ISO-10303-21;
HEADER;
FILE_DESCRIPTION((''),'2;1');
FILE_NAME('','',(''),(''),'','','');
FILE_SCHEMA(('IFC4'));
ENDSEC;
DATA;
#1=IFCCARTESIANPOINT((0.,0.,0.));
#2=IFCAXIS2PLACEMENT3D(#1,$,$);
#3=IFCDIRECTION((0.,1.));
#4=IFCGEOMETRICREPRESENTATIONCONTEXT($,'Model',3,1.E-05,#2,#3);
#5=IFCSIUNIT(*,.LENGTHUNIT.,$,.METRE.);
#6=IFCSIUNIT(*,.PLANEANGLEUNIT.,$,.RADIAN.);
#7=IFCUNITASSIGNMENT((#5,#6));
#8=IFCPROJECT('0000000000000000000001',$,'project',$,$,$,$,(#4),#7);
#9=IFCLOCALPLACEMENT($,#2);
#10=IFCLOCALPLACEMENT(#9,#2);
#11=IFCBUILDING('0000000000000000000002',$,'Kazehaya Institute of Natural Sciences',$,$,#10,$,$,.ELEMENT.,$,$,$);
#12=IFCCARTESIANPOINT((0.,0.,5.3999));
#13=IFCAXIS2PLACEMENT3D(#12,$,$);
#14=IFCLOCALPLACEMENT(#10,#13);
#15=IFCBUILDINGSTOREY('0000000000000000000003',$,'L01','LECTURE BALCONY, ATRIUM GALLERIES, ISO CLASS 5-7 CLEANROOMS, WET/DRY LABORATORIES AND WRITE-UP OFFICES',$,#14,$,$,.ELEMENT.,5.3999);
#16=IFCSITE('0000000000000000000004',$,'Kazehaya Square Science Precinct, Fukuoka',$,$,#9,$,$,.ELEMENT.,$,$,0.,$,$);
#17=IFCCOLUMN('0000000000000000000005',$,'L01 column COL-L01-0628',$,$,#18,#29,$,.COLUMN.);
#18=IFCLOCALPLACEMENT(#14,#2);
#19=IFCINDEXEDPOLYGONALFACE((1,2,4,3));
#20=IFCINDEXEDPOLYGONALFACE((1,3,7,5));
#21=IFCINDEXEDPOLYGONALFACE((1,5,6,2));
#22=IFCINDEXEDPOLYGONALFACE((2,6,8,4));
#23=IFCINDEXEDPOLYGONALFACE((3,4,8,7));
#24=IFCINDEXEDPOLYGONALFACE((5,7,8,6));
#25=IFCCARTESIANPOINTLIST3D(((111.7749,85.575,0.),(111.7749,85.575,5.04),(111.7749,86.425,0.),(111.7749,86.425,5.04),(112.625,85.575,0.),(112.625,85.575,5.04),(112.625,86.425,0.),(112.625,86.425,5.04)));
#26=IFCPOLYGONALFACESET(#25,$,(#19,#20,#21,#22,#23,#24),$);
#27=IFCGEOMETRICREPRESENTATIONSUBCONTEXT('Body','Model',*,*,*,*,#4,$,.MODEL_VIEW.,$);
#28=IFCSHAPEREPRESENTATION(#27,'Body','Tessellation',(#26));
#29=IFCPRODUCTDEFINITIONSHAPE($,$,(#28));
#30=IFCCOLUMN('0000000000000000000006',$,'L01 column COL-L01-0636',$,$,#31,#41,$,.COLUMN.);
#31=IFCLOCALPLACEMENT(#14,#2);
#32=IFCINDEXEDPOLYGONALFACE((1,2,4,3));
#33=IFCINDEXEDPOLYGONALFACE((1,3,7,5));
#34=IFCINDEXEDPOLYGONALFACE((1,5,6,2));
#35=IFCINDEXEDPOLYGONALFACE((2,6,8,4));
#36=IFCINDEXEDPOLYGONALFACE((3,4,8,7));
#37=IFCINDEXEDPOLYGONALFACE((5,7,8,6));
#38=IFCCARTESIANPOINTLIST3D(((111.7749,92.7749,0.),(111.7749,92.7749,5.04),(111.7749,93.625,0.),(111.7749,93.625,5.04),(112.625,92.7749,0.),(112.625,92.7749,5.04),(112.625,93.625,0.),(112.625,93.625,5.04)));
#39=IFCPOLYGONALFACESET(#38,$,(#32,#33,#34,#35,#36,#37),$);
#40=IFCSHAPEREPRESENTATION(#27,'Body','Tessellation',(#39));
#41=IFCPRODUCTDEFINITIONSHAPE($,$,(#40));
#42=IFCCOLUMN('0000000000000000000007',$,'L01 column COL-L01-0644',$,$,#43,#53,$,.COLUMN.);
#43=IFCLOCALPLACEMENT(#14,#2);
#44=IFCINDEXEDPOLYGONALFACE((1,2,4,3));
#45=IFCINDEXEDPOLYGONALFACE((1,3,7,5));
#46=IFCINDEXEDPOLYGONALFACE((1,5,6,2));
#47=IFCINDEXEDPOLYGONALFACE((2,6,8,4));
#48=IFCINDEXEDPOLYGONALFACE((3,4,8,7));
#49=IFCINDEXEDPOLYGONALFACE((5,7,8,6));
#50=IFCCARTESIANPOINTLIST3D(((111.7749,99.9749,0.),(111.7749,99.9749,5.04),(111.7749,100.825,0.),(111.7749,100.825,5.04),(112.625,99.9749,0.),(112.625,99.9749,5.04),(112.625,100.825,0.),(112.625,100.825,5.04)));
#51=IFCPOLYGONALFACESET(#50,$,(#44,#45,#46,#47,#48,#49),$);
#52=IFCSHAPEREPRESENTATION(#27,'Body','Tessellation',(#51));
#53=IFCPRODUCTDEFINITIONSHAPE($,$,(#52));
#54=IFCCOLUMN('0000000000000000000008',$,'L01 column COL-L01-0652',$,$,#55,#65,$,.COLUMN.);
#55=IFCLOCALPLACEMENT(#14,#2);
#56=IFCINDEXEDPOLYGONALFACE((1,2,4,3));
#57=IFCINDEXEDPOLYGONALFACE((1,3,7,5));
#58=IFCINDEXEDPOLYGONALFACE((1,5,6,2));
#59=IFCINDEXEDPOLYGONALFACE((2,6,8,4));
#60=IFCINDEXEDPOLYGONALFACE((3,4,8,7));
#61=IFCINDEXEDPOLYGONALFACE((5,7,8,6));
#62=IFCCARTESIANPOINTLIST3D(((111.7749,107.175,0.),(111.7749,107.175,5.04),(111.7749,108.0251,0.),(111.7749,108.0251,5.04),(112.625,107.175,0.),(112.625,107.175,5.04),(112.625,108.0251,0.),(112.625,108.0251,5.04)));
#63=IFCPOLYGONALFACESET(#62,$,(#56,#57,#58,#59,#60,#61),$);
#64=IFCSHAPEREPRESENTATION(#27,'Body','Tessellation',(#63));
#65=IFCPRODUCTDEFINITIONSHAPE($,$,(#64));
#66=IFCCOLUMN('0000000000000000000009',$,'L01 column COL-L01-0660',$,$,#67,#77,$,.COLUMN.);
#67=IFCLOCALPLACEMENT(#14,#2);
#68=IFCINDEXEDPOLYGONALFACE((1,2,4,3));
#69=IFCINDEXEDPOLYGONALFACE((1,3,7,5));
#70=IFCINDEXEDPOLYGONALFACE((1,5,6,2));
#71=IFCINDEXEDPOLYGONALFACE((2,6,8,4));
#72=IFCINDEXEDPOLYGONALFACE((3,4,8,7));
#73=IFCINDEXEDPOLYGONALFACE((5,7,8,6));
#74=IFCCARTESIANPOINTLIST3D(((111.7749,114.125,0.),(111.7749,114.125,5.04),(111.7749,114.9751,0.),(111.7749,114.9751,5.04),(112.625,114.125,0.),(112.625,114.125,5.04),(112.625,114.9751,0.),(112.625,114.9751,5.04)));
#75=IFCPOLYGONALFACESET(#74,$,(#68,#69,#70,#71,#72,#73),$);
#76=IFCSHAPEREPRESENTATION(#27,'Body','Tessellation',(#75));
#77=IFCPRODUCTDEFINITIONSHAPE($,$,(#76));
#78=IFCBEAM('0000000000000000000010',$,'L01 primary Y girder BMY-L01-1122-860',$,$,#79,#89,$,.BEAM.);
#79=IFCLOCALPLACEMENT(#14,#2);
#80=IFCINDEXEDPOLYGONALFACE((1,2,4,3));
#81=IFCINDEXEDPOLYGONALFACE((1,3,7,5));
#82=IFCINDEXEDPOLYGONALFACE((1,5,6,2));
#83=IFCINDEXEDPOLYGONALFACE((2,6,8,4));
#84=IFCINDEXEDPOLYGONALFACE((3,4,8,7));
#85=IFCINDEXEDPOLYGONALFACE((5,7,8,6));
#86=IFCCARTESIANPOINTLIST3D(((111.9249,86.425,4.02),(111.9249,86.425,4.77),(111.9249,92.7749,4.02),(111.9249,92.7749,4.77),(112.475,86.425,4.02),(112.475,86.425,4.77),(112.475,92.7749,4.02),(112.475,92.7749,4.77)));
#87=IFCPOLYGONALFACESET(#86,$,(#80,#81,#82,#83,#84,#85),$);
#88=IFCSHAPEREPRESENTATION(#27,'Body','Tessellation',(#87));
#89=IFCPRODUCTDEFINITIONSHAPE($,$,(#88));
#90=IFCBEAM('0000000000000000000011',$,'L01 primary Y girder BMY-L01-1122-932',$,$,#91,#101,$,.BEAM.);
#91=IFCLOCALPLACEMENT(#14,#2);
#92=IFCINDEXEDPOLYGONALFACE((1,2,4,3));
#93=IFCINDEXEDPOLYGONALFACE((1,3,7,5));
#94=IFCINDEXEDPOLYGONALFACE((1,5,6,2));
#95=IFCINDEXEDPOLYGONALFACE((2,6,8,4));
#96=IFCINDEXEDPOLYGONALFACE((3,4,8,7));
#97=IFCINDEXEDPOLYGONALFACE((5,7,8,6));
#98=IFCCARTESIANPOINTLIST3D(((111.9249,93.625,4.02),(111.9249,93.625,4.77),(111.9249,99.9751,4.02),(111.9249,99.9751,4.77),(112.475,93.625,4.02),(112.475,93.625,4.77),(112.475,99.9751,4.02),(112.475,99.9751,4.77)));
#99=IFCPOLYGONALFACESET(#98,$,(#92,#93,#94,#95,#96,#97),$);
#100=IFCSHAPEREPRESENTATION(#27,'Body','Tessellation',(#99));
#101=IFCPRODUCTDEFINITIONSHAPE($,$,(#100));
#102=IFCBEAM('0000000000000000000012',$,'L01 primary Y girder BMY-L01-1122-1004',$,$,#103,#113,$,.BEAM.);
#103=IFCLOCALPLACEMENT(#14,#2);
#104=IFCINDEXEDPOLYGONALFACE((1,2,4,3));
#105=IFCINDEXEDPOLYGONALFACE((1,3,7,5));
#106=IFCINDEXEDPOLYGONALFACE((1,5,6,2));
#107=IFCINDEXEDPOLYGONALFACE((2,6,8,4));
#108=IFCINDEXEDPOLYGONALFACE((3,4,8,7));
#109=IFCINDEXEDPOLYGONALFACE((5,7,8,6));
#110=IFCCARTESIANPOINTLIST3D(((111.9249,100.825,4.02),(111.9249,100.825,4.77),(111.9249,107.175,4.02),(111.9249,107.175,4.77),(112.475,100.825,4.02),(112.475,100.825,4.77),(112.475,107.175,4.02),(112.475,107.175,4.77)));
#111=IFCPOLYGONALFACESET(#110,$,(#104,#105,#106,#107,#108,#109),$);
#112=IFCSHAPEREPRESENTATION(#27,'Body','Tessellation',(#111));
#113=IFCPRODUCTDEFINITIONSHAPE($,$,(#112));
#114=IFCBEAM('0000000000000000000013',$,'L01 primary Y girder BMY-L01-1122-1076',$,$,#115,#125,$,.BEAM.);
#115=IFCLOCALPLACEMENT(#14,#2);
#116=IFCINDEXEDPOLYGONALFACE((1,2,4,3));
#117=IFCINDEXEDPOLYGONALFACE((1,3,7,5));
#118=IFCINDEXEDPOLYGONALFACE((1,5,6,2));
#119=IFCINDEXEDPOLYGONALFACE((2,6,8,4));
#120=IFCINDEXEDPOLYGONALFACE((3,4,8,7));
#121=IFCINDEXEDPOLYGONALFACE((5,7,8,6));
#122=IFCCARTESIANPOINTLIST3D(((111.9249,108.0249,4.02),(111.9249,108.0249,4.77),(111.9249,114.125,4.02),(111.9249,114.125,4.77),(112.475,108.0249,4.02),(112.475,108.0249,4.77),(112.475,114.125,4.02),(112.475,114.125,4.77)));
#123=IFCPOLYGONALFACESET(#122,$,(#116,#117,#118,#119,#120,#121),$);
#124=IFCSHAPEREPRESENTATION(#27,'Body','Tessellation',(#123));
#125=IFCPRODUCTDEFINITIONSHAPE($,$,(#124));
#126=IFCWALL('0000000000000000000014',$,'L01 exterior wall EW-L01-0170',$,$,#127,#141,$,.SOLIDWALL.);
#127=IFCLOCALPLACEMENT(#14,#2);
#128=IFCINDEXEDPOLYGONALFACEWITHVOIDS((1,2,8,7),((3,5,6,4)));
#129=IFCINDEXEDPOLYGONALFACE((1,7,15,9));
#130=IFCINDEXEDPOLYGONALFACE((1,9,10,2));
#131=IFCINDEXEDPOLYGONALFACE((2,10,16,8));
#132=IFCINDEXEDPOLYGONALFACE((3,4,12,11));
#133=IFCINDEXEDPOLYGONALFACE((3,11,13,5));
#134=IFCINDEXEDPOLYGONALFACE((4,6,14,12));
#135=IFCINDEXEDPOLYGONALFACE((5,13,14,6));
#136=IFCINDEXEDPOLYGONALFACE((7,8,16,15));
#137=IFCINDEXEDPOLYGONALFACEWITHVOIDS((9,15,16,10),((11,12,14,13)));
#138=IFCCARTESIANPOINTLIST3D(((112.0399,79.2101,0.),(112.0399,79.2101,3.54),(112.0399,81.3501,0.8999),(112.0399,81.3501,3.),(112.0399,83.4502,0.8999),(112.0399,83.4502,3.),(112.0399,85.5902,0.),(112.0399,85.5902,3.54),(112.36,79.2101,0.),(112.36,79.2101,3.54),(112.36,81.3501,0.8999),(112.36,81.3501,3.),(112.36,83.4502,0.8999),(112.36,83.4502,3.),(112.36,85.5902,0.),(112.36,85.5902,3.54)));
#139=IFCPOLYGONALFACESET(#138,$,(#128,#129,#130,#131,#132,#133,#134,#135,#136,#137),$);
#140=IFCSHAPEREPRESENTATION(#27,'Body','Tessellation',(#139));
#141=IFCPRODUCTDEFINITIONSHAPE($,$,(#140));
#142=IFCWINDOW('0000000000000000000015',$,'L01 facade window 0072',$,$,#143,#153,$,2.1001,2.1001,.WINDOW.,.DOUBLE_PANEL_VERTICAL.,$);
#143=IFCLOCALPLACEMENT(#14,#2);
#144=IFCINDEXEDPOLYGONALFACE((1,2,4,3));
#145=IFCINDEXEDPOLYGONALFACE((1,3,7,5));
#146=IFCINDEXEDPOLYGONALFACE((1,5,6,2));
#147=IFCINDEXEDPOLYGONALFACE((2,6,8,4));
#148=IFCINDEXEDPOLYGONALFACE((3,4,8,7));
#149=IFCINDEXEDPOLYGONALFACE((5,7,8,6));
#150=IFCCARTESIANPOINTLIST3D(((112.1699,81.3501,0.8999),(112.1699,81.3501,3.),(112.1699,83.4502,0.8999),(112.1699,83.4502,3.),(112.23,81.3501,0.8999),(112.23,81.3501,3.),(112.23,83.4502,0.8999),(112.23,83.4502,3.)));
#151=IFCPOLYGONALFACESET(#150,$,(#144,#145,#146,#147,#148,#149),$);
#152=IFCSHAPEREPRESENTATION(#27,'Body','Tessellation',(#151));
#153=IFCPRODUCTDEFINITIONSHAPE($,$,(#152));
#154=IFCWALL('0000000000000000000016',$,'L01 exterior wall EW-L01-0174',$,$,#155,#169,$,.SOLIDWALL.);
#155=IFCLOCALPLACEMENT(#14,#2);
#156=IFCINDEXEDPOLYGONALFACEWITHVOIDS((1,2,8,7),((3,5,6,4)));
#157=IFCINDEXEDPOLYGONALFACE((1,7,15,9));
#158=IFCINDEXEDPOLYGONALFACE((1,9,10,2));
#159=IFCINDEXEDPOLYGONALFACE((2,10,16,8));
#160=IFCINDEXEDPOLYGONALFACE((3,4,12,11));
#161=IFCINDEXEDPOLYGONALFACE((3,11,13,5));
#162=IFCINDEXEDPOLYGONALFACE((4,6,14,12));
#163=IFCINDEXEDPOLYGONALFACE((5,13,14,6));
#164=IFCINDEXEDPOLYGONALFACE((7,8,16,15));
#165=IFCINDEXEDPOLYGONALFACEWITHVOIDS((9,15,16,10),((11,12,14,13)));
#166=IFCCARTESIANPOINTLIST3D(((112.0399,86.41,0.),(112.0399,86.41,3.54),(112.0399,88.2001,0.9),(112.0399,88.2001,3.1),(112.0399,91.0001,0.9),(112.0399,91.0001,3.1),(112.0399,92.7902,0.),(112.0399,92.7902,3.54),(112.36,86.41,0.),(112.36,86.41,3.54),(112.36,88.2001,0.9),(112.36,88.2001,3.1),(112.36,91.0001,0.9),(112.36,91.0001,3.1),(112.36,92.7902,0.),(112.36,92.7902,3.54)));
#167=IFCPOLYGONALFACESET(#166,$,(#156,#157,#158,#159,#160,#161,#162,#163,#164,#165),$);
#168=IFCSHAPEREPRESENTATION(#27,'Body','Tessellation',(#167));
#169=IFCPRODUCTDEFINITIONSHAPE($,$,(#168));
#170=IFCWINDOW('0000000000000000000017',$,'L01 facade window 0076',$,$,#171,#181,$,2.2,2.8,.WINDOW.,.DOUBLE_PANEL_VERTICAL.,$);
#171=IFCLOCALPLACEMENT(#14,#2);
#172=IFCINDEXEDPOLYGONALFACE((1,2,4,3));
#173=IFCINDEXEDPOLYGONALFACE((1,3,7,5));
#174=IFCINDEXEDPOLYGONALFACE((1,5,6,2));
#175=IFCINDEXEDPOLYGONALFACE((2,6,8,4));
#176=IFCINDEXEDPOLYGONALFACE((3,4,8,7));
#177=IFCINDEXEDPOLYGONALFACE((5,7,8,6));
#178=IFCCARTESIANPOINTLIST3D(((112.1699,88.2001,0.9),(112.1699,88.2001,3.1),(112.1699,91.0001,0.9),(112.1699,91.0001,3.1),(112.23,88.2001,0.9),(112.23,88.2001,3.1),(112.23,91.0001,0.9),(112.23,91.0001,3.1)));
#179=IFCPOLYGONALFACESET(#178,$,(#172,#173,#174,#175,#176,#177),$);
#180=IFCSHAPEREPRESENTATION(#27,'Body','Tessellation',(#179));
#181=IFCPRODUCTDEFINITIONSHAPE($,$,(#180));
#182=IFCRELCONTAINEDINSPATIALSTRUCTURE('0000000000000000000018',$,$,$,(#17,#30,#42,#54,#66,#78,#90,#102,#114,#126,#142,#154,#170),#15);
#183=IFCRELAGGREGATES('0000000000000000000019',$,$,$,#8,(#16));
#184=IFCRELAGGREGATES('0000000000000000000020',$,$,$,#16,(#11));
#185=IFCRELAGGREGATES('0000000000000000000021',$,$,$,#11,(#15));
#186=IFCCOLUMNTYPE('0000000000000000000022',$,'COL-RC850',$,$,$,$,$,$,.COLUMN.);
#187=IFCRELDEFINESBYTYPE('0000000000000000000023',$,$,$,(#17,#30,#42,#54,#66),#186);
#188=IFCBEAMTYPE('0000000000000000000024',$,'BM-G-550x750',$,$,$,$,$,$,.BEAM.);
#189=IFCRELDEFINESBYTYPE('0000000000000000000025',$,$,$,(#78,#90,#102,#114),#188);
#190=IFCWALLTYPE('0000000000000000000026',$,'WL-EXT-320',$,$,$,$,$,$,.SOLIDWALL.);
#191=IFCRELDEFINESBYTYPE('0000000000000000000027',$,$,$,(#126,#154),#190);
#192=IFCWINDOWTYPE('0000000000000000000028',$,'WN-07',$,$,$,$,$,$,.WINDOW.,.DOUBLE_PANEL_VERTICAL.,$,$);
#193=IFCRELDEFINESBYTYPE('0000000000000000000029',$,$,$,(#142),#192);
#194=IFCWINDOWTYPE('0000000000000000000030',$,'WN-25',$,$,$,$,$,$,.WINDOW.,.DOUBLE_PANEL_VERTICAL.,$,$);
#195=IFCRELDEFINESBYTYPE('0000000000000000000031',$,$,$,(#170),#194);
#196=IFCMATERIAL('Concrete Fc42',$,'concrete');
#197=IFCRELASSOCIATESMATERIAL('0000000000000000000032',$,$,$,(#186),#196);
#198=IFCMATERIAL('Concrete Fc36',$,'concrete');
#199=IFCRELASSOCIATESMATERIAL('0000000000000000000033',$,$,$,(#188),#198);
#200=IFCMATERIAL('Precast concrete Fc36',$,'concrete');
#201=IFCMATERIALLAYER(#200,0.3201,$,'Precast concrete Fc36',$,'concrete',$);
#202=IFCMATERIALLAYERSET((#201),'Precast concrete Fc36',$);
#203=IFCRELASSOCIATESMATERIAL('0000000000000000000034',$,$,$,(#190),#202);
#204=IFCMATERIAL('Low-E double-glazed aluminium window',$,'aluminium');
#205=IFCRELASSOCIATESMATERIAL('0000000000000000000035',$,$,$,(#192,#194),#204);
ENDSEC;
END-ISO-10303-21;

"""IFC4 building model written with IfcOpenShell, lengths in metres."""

from ifc_helpers import new_model, si_unit, direction, frame, frame_2d, origin, origin_2d, place, context, subcontext, project, spatial, rectangle, extrude, material, layer, layer_set, material_profile, profile_set, type_object, element, fill, save


model = new_model("IFC4")

# Units and contexts
model_context = context("Model", 3, precision=1e-05, world=origin(), true_north=direction((0.0, 1.0)))
body_context = subcontext(model_context, "Body", "Model", "MODEL_VIEW")
ifc_project = project(units=[si_unit("LENGTHUNIT", "METRE"), si_unit("PLANEANGLEUNIT", "RADIAN")], contexts=[model_context])

# Site, building, storey
site_placement = place(None, origin())
site = spatial("IfcSite", under=ifc_project, at=site_placement, Name="Kazehaya Square Science Precinct, Fukuoka", CompositionType="ELEMENT", RefElevation=0.0)
building_placement = place(site_placement, origin())
building = spatial("IfcBuilding", under=site, at=building_placement, Name="Kazehaya Institute of Natural Sciences", CompositionType="ELEMENT")
storey_placement = place(building_placement, frame((0.0, 0.0, 5.3999)))
storey = spatial("IfcBuildingStorey", under=building, at=storey_placement, Name="L01", Description="LECTURE BALCONY, ATRIUM GALLERIES, ISO CLASS 5-7 CLEANROOMS, WET/DRY LABORATORIES AND WRITE-UP OFFICES", CompositionType="ELEMENT", Elevation=5.3999)

# Columns
ifc_material_1 = material(Name="Concrete Fc42", Category="concrete")
ifc_material_profile_1 = material_profile(ifc_material_1, rectangle(XDim=0.8501, YDim=0.8501, at=origin_2d()), Name="RC-850x850")
ifc_profile_set_1 = profile_set([ifc_material_profile_1], Name="Concrete Fc42")
column_type = type_object("IfcColumnType", Name="COL-RC850", PredefinedType="COLUMN", material=ifc_profile_set_1)
for number, where, z_axis, x_axis, name in (
    (1, (112.2, 86.0, 0.0), (0.0, 0.0, 1.0), (1.0, 0.0, 0.0), "L01 column COL-L01-0628"),
    (2, (112.2, 93.2, 0.0), (0.0, 0.0, 1.0), (1.0, 0.0, 0.0), "L01 column COL-L01-0636"),
    (3, (112.2, 100.3999, 0.0), (0.0, 0.0, 1.0), (1.0, 0.0, 0.0), "L01 column COL-L01-0644"),
    (4, (112.2, 107.6001, 0.0), (0.0, 0.0, 1.0), (1.0, 0.0, 0.0), "L01 column COL-L01-0652"),
    (5, (112.2, 114.55, 0.0), (0.0, 0.0, 1.0), (1.0, 0.0, 0.0), "L01 column COL-L01-0660"),
):
    element("IfcColumn", number, at=place(storey_placement, frame(where, z_axis=z_axis, x_axis=x_axis)), inside=storey, type_object=column_type, Name=name, PredefinedType="COLUMN", context=body_context, shape_type="SweptSolid", body=[
        extrude(rectangle(XDim=0.8501, YDim=0.8501, at=origin_2d()), origin(), (0.0, 0.0, 1.0), 5.04),
    ])

# Beams
ifc_material_2 = material(Name="Concrete Fc36", Category="concrete")
ifc_material_profile_2 = material_profile(ifc_material_2, rectangle(XDim=0.55, YDim=0.75, at=origin_2d()), Name="RC-550x750")
ifc_profile_set_2 = profile_set([ifc_material_profile_2], Name="Concrete Fc36")
beam_type = type_object("IfcBeamType", Name="BM-G-550x750", PredefinedType="BEAM", material=ifc_profile_set_2)
beam_1_placement = place(storey_placement, frame((112.2, 86.425, 4.395), z_axis=(0.0, 1.0, 0.0), x_axis=(-1.0, 0.0, 0.0)))
element("IfcBeam", 6, at=beam_1_placement, inside=storey, type_object=beam_type, Name="L01 primary Y girder BMY-L01-1122-860", PredefinedType="BEAM", context=body_context, shape_type="SweptSolid", body=[
    extrude(rectangle(XDim=0.55, YDim=0.75, at=origin_2d()), origin(), (0.0, 0.0, 1.0), 6.3499),
])
for number, where, z_axis, x_axis, name in (
    (7, (112.2, 93.625, 4.395), (0.0, 1.0, 0.0), (-1.0, 0.0, 0.0), "L01 primary Y girder BMY-L01-1122-932"),
    (8, (112.2, 100.825, 4.395), (0.0, 1.0, 0.0), (-1.0, 0.0, 0.0), "L01 primary Y girder BMY-L01-1122-1004"),
):
    element("IfcBeam", number, at=place(storey_placement, frame(where, z_axis=z_axis, x_axis=x_axis)), inside=storey, type_object=beam_type, Name=name, PredefinedType="BEAM", context=body_context, shape_type="SweptSolid", body=[
        extrude(rectangle(XDim=0.55, YDim=0.75, at=origin_2d()), origin(), (0.0, 0.0, 1.0), 6.3501),
    ])
beam_2_placement = place(storey_placement, frame((112.2, 108.0249, 4.395), z_axis=(0.0, 1.0, 0.0), x_axis=(-1.0, 0.0, 0.0)))
element("IfcBeam", 9, at=beam_2_placement, inside=storey, type_object=beam_type, Name="L01 primary Y girder BMY-L01-1122-1076", PredefinedType="BEAM", context=body_context, shape_type="SweptSolid", body=[
    extrude(rectangle(XDim=0.55, YDim=0.75, at=origin_2d()), origin(), (0.0, 0.0, 1.0), 6.1001),
])

# Walls, openings, windows
ifc_material_3 = material(Name="Precast concrete Fc36", Category="concrete")
ifc_layer_1 = layer(ifc_material_3, 0.3201, Name="Precast concrete Fc36", Category="concrete")
ifc_layer_set_1 = layer_set([ifc_layer_1], Name="Precast concrete Fc36")
wall_type_1 = type_object("IfcWallType", Name="WL-EXT-320", PredefinedType="SOLIDWALL", material=ifc_layer_set_1)
wall_1_placement = place(storey_placement, frame((112.2, 85.5901, 0.0), z_axis=(0.0, 0.0, 1.0), x_axis=(0.0, -1.0, 0.0)))
wall_1 = element("IfcWall", 10, at=wall_1_placement, inside=storey, type_object=wall_type_1, Name="L01 exterior wall EW-L01-0170", PredefinedType="SOLIDWALL", context=body_context, shape_type="SweptSolid", body=[
    extrude(rectangle(XDim=6.3801, YDim=0.3201, at=frame_2d((3.1899, 0.0))), origin(), (0.0, 0.0, 1.0), 3.54),
])
opening_1_placement = place(wall_1_placement, frame((2.1399, 0.0, 0.8999)))
opening_1 = element("IfcOpeningElement", 11, at=opening_1_placement, cuts=wall_1, PredefinedType="OPENING", context=body_context, shape_type="SweptSolid", body=[
    extrude(rectangle(XDim=2.1001, YDim=2.1001, at=frame_2d((1.05, 1.05))), frame((0.0, 0.1699, 0.0), z_axis=(0.0, -1.0, 0.0), x_axis=(1.0, 0.0, 0.0)), (0.0, 0.0, 1.0), 0.3401),
])
ifc_material_4 = material(Name="Low-E double-glazed aluminium window", Category="aluminium")
window_type_1 = type_object("IfcWindowType", Name="WN-07", PartitioningType="DOUBLE_PANEL_VERTICAL", PredefinedType="WINDOW", material=ifc_material_4)
window_1_placement = place(opening_1_placement, origin())
window_1 = element("IfcWindow", 12, at=window_1_placement, inside=storey, type_object=window_type_1, Name="L01 facade window 0072", OverallHeight=2.1001, OverallWidth=2.1001, PartitioningType="DOUBLE_PANEL_VERTICAL", PredefinedType="WINDOW", context=body_context, shape_type="SweptSolid", body=[
    extrude(rectangle(XDim=2.1001, YDim=2.1001, at=frame_2d((1.05, 1.05))), frame((0.0, 0.03, 0.0), z_axis=(0.0, -1.0, 0.0), x_axis=(1.0, 0.0, 0.0)), (0.0, 0.0, 1.0), 0.0601),
])
fill(opening_1, window_1)
wall_2_placement = place(storey_placement, frame((112.2, 92.79, 0.0), z_axis=(0.0, 0.0, 1.0), x_axis=(0.0, -1.0, 0.0)))
wall_2 = element("IfcWall", 13, at=wall_2_placement, inside=storey, type_object=wall_type_1, Name="L01 exterior wall EW-L01-0174", PredefinedType="SOLIDWALL", context=body_context, shape_type="SweptSolid", body=[
    extrude(rectangle(XDim=6.3801, YDim=0.3201, at=frame_2d((3.1899, 0.0))), origin(), (0.0, 0.0, 1.0), 3.54),
])
opening_2_placement = place(wall_2_placement, frame((1.79, 0.0, 0.8999)))
opening_2 = element("IfcOpeningElement", 14, at=opening_2_placement, cuts=wall_2, PredefinedType="OPENING", context=body_context, shape_type="SweptSolid", body=[
    extrude(rectangle(XDim=2.8, YDim=2.2, at=frame_2d((1.3999, 1.1001))), frame((0.0, 0.1699, 0.0), z_axis=(0.0, -1.0, 0.0), x_axis=(1.0, 0.0, 0.0)), (0.0, 0.0, 1.0), 0.3401),
])
window_type_2 = type_object("IfcWindowType", Name="WN-25", PartitioningType="DOUBLE_PANEL_VERTICAL", PredefinedType="WINDOW", material=ifc_material_4)
window_2_placement = place(opening_2_placement, origin())
window_2 = element("IfcWindow", 15, at=window_2_placement, inside=storey, type_object=window_type_2, Name="L01 facade window 0076", OverallHeight=2.2, OverallWidth=2.8, PartitioningType="DOUBLE_PANEL_VERTICAL", PredefinedType="WINDOW", context=body_context, shape_type="SweptSolid", body=[
    extrude(rectangle(XDim=2.8, YDim=2.2, at=frame_2d((1.3999, 1.1001))), frame((0.0, 0.03, 0.0), z_axis=(0.0, -1.0, 0.0), x_axis=(1.0, 0.0, 0.0)), (0.0, 0.0, 1.0), 0.0601),
])
fill(opening_2, window_2)

save(model, "model.ifc")
